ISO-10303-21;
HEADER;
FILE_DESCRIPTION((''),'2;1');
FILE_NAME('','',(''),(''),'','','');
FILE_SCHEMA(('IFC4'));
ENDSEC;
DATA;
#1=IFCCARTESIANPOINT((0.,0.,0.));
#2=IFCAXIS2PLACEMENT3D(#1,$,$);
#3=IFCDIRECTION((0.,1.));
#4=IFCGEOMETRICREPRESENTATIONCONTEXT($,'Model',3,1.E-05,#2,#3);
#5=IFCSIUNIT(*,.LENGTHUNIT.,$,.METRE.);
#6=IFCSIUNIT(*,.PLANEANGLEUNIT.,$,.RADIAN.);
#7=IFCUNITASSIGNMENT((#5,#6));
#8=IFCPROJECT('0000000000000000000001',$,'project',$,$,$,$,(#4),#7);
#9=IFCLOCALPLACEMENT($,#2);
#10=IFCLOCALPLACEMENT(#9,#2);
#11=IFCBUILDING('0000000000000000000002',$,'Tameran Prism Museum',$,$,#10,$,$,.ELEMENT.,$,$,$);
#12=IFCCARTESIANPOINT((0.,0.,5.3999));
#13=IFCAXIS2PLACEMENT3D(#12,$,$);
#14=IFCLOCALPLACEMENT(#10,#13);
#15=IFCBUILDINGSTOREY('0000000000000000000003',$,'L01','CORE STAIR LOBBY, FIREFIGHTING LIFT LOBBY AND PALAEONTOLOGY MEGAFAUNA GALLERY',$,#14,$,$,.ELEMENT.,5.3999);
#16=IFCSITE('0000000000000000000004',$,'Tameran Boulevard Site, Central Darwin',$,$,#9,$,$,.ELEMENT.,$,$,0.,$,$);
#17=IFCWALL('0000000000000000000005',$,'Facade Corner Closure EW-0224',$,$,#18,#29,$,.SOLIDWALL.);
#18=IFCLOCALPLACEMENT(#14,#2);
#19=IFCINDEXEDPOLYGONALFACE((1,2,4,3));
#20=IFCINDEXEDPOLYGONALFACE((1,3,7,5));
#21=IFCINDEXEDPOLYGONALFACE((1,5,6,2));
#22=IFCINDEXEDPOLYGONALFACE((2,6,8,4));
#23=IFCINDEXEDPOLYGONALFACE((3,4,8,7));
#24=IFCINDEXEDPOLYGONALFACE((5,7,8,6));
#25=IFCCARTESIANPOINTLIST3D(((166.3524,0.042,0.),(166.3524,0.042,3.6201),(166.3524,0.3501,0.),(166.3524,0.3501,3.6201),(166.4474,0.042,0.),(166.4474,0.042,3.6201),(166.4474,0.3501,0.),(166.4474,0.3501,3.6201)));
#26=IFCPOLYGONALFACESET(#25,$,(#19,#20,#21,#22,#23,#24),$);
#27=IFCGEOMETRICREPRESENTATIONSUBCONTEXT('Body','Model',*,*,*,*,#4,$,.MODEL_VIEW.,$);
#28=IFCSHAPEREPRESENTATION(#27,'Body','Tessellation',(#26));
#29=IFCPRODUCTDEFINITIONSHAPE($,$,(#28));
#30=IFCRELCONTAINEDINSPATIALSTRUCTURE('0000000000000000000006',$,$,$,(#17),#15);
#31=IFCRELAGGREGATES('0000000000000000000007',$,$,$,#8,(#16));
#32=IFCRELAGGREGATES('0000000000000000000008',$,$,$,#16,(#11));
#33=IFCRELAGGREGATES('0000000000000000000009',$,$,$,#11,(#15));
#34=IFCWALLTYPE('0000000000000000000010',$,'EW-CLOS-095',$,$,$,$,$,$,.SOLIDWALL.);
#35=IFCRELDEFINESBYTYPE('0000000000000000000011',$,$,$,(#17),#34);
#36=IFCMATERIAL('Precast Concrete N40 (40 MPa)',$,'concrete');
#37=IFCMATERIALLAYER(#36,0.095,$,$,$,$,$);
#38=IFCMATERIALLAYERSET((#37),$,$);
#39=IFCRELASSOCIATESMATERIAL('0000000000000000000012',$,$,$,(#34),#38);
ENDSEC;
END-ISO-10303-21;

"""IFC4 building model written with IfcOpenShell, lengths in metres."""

from ifc_helpers import new_model, si_unit, direction, frame, frame_2d, origin, place, context, subcontext, project, spatial, rectangle, extrude, material, layer, layer_set, type_object, element, save


model = new_model("IFC4")

# Units and contexts
model_context = context("Model", 3, precision=1e-05, world=origin(), true_north=direction((0.0, 1.0)))
body_context = subcontext(model_context, "Body", "Model", "MODEL_VIEW")
ifc_project = project(units=[si_unit("LENGTHUNIT", "METRE"), si_unit("PLANEANGLEUNIT", "RADIAN")], contexts=[model_context])

# Site, building, storey
site_placement = place(None, origin())
site = spatial("IfcSite", under=ifc_project, at=site_placement, Name="Tameran Boulevard Site, Central Darwin", CompositionType="ELEMENT", RefElevation=0.0)
building_placement = place(site_placement, origin())
building = spatial("IfcBuilding", under=site, at=building_placement, Name="Tameran Prism Museum", CompositionType="ELEMENT")
storey_placement = place(building_placement, frame((0.0, 0.0, 5.3999)))
storey = spatial("IfcBuildingStorey", under=building, at=storey_placement, Name="L01", Description="CORE STAIR LOBBY, FIREFIGHTING LIFT LOBBY AND PALAEONTOLOGY MEGAFAUNA GALLERY", CompositionType="ELEMENT", Elevation=5.3999)

# Wall
ifc_material_1 = material(Name="Precast Concrete N40 (40 MPa)", Category="concrete")
ifc_layer_1 = layer(ifc_material_1, 0.095)
ifc_layer_set_1 = layer_set([ifc_layer_1])
wall_type = type_object("IfcWallType", Name="EW-CLOS-095", PredefinedType="SOLIDWALL", material=ifc_layer_set_1)
wall_1_placement = place(storey_placement, frame((166.3999, 0.3501, 0.0), z_axis=(0.0, 0.0, 1.0), x_axis=(0.0, -1.0, 0.0)))
element("IfcWall", 1, at=wall_1_placement, inside=storey, type_object=wall_type, Name="Facade Corner Closure EW-0224", PredefinedType="SOLIDWALL", context=body_context, shape_type="SweptSolid", body=[
    extrude(rectangle(XDim=0.3081, YDim=0.095, at=frame_2d((0.1541, 0.0))), origin(), (0.0, 0.0, 1.0), 3.6201),
])

save(model, "model.ifc")
